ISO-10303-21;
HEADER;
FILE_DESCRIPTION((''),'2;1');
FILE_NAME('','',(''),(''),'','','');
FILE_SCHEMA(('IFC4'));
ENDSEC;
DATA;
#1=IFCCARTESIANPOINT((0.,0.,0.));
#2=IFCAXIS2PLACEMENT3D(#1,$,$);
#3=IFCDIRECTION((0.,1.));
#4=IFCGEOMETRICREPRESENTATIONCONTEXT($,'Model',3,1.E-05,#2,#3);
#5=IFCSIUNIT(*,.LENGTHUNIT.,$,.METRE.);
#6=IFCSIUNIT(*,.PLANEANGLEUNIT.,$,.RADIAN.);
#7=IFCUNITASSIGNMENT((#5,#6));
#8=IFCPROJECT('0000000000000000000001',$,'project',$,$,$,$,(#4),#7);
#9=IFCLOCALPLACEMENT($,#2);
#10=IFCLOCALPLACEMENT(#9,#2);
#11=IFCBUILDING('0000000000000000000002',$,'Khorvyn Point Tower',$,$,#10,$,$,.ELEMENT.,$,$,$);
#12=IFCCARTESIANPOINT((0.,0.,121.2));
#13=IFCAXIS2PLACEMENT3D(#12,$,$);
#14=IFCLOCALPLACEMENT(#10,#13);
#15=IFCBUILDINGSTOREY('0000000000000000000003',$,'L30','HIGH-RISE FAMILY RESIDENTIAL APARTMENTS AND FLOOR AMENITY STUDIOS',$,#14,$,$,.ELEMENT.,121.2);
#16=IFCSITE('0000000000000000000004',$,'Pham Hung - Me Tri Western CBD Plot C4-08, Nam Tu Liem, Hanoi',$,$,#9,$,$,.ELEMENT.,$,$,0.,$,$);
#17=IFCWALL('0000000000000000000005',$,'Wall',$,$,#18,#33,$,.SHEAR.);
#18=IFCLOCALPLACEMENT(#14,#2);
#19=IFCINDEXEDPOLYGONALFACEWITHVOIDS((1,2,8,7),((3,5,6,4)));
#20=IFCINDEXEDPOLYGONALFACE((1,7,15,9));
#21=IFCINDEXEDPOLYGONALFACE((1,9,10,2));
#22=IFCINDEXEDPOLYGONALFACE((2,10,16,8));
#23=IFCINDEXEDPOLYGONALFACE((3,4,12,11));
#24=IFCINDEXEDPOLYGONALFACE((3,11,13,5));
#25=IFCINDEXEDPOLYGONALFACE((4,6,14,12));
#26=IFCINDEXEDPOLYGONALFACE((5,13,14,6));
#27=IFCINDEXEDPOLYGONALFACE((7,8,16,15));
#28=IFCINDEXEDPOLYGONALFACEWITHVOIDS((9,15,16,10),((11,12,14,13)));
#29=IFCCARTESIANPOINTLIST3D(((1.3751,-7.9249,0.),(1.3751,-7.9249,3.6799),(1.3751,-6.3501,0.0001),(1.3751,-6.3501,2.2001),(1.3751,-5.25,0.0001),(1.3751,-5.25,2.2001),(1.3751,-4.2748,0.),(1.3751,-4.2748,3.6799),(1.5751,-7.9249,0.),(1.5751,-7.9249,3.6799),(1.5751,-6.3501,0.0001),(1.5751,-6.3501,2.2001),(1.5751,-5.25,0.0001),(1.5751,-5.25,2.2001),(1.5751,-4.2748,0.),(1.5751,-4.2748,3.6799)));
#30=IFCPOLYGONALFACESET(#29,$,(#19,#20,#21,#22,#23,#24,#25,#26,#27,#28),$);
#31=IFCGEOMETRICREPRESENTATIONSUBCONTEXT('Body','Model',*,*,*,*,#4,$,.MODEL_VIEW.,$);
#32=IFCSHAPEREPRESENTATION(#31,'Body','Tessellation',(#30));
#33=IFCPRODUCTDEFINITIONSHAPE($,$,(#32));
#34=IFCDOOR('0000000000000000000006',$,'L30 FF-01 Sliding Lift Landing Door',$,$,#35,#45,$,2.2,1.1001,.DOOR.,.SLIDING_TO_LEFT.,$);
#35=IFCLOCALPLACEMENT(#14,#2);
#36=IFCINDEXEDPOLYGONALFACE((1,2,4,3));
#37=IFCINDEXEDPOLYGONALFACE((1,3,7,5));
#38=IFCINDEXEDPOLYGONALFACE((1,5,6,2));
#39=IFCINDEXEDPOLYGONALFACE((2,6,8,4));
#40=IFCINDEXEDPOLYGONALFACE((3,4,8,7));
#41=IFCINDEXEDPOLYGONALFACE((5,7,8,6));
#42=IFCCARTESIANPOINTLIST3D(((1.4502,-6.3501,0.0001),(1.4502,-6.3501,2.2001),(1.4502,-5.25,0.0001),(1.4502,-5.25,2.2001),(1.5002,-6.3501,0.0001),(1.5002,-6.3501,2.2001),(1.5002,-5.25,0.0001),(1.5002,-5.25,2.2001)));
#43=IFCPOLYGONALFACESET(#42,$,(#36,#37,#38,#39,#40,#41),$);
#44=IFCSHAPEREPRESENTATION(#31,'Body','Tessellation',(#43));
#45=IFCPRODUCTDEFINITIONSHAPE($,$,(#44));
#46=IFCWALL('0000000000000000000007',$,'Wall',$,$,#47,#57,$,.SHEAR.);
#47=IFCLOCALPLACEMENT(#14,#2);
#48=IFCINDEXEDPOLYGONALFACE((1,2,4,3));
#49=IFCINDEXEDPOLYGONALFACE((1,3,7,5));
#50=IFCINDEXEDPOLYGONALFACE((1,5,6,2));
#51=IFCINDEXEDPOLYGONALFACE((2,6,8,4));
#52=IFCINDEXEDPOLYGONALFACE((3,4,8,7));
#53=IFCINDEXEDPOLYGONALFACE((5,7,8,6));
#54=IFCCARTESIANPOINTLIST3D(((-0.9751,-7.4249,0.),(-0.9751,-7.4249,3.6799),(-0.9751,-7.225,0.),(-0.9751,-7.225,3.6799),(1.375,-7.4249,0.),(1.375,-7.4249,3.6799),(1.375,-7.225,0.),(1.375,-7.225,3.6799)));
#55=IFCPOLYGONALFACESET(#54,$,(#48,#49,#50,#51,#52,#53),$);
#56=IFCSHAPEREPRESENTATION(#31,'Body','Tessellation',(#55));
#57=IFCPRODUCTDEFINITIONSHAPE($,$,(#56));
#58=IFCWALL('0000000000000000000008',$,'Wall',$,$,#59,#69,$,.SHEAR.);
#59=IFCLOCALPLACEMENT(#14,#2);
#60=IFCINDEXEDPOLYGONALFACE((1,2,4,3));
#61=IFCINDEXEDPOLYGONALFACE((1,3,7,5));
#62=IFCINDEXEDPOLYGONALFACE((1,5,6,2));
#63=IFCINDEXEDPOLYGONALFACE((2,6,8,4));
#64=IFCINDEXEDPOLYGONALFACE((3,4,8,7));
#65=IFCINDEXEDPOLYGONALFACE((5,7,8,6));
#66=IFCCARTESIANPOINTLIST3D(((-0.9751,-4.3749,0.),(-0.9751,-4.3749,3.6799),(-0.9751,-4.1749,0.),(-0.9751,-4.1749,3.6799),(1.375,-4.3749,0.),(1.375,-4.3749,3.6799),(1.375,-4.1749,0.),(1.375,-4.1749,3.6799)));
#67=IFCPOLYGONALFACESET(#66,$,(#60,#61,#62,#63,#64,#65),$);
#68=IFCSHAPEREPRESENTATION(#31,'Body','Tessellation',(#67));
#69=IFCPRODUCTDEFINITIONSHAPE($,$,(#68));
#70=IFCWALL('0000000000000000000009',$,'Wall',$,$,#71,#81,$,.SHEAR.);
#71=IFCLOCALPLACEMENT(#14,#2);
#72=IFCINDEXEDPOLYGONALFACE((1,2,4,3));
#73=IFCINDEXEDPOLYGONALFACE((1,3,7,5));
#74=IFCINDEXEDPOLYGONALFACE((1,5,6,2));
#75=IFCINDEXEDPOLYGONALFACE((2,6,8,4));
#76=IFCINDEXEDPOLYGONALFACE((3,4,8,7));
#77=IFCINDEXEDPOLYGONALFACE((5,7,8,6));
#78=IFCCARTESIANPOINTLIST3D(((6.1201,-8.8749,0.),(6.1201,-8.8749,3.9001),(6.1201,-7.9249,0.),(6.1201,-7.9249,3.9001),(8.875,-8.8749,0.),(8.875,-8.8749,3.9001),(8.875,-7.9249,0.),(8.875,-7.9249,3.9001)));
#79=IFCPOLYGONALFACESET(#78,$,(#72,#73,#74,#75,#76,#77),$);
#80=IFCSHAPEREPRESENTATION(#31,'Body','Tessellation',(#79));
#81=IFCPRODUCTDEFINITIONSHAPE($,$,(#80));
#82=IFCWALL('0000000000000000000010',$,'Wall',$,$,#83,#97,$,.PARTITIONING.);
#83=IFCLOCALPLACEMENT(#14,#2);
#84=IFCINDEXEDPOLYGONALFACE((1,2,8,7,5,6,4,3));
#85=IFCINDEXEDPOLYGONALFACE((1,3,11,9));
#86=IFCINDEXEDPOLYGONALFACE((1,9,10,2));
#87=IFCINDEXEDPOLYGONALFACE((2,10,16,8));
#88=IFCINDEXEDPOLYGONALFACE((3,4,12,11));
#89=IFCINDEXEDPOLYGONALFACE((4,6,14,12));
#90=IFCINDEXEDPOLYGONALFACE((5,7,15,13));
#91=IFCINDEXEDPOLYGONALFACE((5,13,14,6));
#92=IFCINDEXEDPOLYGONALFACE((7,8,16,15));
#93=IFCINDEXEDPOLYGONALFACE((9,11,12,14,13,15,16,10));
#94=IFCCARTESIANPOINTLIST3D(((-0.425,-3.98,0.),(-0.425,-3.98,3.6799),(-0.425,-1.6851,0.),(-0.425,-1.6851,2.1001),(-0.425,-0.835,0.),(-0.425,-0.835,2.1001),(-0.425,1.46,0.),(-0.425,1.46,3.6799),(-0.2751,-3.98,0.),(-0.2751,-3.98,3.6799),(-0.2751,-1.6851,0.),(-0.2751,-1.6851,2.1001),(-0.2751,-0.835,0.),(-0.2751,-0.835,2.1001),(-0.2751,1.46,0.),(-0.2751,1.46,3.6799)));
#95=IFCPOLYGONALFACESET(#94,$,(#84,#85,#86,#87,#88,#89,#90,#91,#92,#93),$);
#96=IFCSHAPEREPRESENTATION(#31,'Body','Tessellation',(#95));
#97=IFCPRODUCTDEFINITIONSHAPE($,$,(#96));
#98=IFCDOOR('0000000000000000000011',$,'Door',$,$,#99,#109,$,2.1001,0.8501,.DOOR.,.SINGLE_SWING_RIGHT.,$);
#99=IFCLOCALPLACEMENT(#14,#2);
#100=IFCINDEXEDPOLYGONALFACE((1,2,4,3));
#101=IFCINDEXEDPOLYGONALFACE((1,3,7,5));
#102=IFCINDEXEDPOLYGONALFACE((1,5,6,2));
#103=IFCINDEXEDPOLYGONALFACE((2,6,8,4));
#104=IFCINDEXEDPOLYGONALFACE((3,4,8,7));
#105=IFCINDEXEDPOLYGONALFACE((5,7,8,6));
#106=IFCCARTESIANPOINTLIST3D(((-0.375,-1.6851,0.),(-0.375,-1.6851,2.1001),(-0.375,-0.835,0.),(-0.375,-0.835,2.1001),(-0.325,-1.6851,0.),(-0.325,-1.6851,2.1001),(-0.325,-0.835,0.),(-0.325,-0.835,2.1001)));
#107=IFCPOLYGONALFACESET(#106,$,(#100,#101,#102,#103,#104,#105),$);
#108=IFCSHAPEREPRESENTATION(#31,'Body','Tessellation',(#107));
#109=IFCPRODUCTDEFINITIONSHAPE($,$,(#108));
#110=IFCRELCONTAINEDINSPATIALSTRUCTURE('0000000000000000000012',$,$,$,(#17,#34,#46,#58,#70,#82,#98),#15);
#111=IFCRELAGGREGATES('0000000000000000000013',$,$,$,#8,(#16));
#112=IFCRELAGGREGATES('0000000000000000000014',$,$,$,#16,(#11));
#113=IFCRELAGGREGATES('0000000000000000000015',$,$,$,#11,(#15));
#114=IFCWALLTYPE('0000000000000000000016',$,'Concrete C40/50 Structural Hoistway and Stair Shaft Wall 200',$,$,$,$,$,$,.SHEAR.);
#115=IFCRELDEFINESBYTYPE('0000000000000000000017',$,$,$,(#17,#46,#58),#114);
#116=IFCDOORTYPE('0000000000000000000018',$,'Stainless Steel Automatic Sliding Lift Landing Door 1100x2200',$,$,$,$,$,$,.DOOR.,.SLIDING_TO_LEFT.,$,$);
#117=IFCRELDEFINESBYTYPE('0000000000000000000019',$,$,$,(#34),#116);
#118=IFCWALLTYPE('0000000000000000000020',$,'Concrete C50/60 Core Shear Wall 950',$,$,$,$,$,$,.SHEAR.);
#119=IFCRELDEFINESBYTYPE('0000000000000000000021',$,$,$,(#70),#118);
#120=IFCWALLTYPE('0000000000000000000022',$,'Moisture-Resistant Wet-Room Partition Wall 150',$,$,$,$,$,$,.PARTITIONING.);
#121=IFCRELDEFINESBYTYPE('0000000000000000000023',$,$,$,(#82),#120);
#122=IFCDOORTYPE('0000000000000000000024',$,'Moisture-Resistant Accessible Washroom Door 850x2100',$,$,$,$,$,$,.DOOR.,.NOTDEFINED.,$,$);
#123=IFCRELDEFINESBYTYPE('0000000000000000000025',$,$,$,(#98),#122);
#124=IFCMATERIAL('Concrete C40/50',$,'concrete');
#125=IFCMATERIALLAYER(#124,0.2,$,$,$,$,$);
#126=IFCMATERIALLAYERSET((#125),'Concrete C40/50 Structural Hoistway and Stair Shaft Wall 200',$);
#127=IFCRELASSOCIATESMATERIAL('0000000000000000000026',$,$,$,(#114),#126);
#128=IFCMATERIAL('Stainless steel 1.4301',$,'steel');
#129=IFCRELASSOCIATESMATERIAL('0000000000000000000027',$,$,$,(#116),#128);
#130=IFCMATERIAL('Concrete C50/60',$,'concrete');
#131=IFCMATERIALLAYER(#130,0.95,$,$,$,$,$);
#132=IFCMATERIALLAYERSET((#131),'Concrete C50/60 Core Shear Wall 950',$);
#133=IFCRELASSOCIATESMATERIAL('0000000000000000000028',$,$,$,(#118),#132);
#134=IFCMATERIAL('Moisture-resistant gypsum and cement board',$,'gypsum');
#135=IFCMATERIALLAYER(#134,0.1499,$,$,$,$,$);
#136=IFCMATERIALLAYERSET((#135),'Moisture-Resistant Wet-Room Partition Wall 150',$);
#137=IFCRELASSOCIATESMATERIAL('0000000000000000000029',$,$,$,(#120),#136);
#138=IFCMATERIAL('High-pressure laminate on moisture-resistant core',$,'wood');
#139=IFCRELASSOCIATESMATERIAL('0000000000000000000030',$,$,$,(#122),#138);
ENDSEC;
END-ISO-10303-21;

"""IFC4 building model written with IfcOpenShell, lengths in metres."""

from ifc_helpers import new_model, si_unit, direction, frame, frame_2d, origin, place, context, subcontext, project, spatial, rectangle, extrude, material, layer, layer_set, type_object, element, fill, save


model = new_model("IFC4")

# Units and contexts
model_context = context("Model", 3, precision=1e-05, world=origin(), true_north=direction((0.0, 1.0)))
body_context = subcontext(model_context, "Body", "Model", "MODEL_VIEW")
ifc_project = project(units=[si_unit("LENGTHUNIT", "METRE"), si_unit("PLANEANGLEUNIT", "RADIAN")], contexts=[model_context])

# Site, building, storey
site_placement = place(None, origin())
site = spatial("IfcSite", under=ifc_project, at=site_placement, Name="Pham Hung - Me Tri Western CBD Plot C4-08, Nam Tu Liem, Hanoi", CompositionType="ELEMENT", RefElevation=0.0)
building_placement = place(site_placement, origin())
building = spatial("IfcBuilding", under=site, at=building_placement, Name="Khorvyn Point Tower", CompositionType="ELEMENT")
storey_placement = place(building_placement, frame((0.0, 0.0, 121.2)))
storey = spatial("IfcBuildingStorey", under=building, at=storey_placement, Name="L30", Description="HIGH-RISE FAMILY RESIDENTIAL APARTMENTS AND FLOOR AMENITY STUDIOS", CompositionType="ELEMENT", Elevation=121.2)

# Shared definitions
ifc_material_1 = material(Name="Concrete C40/50", Category="concrete")

# Shared definitions
ifc_material_2 = material(Name="Concrete C50/60", Category="concrete")

# Shared definitions
ifc_layer_1 = layer(ifc_material_1, 0.2)
ifc_layer_set_1 = layer_set([ifc_layer_1], Name="Concrete C40/50 Structural Hoistway and Stair Shaft Wall 200")
wall_type_1 = type_object("IfcWallType", Name="Concrete C40/50 Structural Hoistway and Stair Shaft Wall 200", PredefinedType="SHEAR", material=ifc_layer_set_1)

# Shared definitions
ifc_material_3 = material(Name="Stainless steel 1.4301", Category="steel")
door_type_1 = type_object("IfcDoorType", Name="Stainless Steel Automatic Sliding Lift Landing Door 1100x2200", OperationType="SLIDING_TO_LEFT", PredefinedType="DOOR", material=ifc_material_3)

# Wall, opening, door
wall_1_placement = place(storey_placement, frame((1.4751, -7.925, 0.0), z_axis=(0.0, 0.0, 1.0), x_axis=(0.0, 1.0, 0.0)))
wall_1 = element("IfcWall", 1, at=wall_1_placement, inside=storey, type_object=wall_type_1, Name="Wall", PredefinedType="SHEAR", context=body_context, shape_type="SweptSolid", body=[
    extrude(rectangle(XDim=3.6501, YDim=0.2, at=frame_2d((1.8252, 0.0))), origin(), (0.0, 0.0, 1.0), 3.6799),
])
opening_1_placement = place(wall_1_placement, frame((1.575, 0.0, 0.0)))
opening_1 = element("IfcOpeningElement", 2, at=opening_1_placement, cuts=wall_1, PredefinedType="OPENING", context=body_context, shape_type="SweptSolid", body=[
    extrude(rectangle(XDim=1.1001, YDim=2.2, at=frame_2d((0.55, 1.1001))), frame((0.0, 0.1099, 0.0), z_axis=(0.0, -1.0, 0.0), x_axis=(1.0, 0.0, 0.0)), (0.0, 0.0, 1.0), 0.22),
])
door_1_placement = place(opening_1_placement, origin())
door_1 = element("IfcDoor", 3, at=door_1_placement, inside=storey, type_object=door_type_1, Name="L30 FF-01 Sliding Lift Landing Door", OperationType="SLIDING_TO_LEFT", OverallHeight=2.2, OverallWidth=1.1001, PredefinedType="DOOR", context=body_context, shape_type="SweptSolid", body=[
    extrude(rectangle(XDim=1.1001, YDim=2.2, at=frame_2d((0.55, 1.1001))), frame((0.0, 0.0249, 0.0), z_axis=(0.0, -1.0, 0.0), x_axis=(1.0, 0.0, 0.0)), (0.0, 0.0, 1.0), 0.05),
])
fill(opening_1, door_1)

# Walls
for number, where, z_axis, x_axis, name in (
    (4, (-0.9751, -7.325, 0.0), (0.0, 0.0, 1.0), (1.0, 0.0, 0.0), "Wall"),
    (5, (-0.9751, -4.2749, 0.0), (0.0, 0.0, 1.0), (1.0, 0.0, 0.0), "Wall"),
):
    element("IfcWall", number, at=place(storey_placement, frame(where, z_axis=z_axis, x_axis=x_axis)), inside=storey, type_object=wall_type_1, Name=name, PredefinedType="SHEAR", context=body_context, shape_type="SweptSolid", body=[
        extrude(rectangle(XDim=2.3501, YDim=0.2, at=frame_2d((1.175, 0.0))), origin(), (0.0, 0.0, 1.0), 3.6799),
    ])
ifc_layer_2 = layer(ifc_material_2, 0.95)
ifc_layer_set_2 = layer_set([ifc_layer_2], Name="Concrete C50/60 Core Shear Wall 950")
wall_type_2 = type_object("IfcWallType", Name="Concrete C50/60 Core Shear Wall 950", PredefinedType="SHEAR", material=ifc_layer_set_2)
wall_2_placement = place(storey_placement, frame((6.1201, -8.3999, 0.0), z_axis=(0.0, 0.0, 1.0), x_axis=(1.0, 0.0, 0.0)))
element("IfcWall", 6, at=wall_2_placement, inside=storey, type_object=wall_type_2, Name="Wall", PredefinedType="SHEAR", context=body_context, shape_type="SweptSolid", body=[
    extrude(rectangle(XDim=2.7549, YDim=0.95, at=frame_2d((1.3774, 0.0))), origin(), (0.0, 0.0, 1.0), 3.9001),
])

# Wall, opening, door
ifc_material_4 = material(Name="Moisture-resistant gypsum and cement board", Category="gypsum")
ifc_layer_3 = layer(ifc_material_4, 0.1499)
ifc_layer_set_3 = layer_set([ifc_layer_3], Name="Moisture-Resistant Wet-Room Partition Wall 150")
wall_type_3 = type_object("IfcWallType", Name="Moisture-Resistant Wet-Room Partition Wall 150", PredefinedType="PARTITIONING", material=ifc_layer_set_3)
wall_3_placement = place(storey_placement, frame((-0.3501, -3.98, 0.0), z_axis=(0.0, 0.0, 1.0), x_axis=(0.0, 1.0, 0.0)))
wall_3 = element("IfcWall", 7, at=wall_3_placement, inside=storey, type_object=wall_type_3, Name="Wall", PredefinedType="PARTITIONING", context=body_context, shape_type="SweptSolid", body=[
    extrude(rectangle(XDim=5.4399, YDim=0.1499, at=frame_2d((2.72, 0.0))), origin(), (0.0, 0.0, 1.0), 3.6799),
])
opening_2_placement = place(wall_3_placement, frame((2.2949, 0.0, 0.0)))
opening_2 = element("IfcOpeningElement", 8, at=opening_2_placement, cuts=wall_3, PredefinedType="OPENING", context=body_context, shape_type="SweptSolid", body=[
    extrude(rectangle(XDim=0.8501, YDim=2.1001, at=frame_2d((0.425, 1.05))), frame((0.0, 0.085, 0.0), z_axis=(0.0, -1.0, 0.0), x_axis=(1.0, 0.0, 0.0)), (0.0, 0.0, 1.0), 0.1699),
])
ifc_material_5 = material(Name="High-pressure laminate on moisture-resistant core", Category="wood")
door_type_2 = type_object("IfcDoorType", Name="Moisture-Resistant Accessible Washroom Door 850x2100", OperationType="NOTDEFINED", PredefinedType="DOOR", material=ifc_material_5)
door_2_placement = place(opening_2_placement, origin())
door_2 = element("IfcDoor", 9, at=door_2_placement, inside=storey, type_object=door_type_2, Name="Door", OperationType="SINGLE_SWING_RIGHT", OverallHeight=2.1001, OverallWidth=0.8501, PredefinedType="DOOR", context=body_context, shape_type="SweptSolid", body=[
    extrude(rectangle(XDim=0.8501, YDim=2.1001, at=frame_2d((0.425, 1.05))), frame((0.0, 0.0249, 0.0), z_axis=(0.0, -1.0, 0.0), x_axis=(1.0, 0.0, 0.0)), (0.0, 0.0, 1.0), 0.05),
])
fill(opening_2, door_2)

save(model, "model.ifc")
